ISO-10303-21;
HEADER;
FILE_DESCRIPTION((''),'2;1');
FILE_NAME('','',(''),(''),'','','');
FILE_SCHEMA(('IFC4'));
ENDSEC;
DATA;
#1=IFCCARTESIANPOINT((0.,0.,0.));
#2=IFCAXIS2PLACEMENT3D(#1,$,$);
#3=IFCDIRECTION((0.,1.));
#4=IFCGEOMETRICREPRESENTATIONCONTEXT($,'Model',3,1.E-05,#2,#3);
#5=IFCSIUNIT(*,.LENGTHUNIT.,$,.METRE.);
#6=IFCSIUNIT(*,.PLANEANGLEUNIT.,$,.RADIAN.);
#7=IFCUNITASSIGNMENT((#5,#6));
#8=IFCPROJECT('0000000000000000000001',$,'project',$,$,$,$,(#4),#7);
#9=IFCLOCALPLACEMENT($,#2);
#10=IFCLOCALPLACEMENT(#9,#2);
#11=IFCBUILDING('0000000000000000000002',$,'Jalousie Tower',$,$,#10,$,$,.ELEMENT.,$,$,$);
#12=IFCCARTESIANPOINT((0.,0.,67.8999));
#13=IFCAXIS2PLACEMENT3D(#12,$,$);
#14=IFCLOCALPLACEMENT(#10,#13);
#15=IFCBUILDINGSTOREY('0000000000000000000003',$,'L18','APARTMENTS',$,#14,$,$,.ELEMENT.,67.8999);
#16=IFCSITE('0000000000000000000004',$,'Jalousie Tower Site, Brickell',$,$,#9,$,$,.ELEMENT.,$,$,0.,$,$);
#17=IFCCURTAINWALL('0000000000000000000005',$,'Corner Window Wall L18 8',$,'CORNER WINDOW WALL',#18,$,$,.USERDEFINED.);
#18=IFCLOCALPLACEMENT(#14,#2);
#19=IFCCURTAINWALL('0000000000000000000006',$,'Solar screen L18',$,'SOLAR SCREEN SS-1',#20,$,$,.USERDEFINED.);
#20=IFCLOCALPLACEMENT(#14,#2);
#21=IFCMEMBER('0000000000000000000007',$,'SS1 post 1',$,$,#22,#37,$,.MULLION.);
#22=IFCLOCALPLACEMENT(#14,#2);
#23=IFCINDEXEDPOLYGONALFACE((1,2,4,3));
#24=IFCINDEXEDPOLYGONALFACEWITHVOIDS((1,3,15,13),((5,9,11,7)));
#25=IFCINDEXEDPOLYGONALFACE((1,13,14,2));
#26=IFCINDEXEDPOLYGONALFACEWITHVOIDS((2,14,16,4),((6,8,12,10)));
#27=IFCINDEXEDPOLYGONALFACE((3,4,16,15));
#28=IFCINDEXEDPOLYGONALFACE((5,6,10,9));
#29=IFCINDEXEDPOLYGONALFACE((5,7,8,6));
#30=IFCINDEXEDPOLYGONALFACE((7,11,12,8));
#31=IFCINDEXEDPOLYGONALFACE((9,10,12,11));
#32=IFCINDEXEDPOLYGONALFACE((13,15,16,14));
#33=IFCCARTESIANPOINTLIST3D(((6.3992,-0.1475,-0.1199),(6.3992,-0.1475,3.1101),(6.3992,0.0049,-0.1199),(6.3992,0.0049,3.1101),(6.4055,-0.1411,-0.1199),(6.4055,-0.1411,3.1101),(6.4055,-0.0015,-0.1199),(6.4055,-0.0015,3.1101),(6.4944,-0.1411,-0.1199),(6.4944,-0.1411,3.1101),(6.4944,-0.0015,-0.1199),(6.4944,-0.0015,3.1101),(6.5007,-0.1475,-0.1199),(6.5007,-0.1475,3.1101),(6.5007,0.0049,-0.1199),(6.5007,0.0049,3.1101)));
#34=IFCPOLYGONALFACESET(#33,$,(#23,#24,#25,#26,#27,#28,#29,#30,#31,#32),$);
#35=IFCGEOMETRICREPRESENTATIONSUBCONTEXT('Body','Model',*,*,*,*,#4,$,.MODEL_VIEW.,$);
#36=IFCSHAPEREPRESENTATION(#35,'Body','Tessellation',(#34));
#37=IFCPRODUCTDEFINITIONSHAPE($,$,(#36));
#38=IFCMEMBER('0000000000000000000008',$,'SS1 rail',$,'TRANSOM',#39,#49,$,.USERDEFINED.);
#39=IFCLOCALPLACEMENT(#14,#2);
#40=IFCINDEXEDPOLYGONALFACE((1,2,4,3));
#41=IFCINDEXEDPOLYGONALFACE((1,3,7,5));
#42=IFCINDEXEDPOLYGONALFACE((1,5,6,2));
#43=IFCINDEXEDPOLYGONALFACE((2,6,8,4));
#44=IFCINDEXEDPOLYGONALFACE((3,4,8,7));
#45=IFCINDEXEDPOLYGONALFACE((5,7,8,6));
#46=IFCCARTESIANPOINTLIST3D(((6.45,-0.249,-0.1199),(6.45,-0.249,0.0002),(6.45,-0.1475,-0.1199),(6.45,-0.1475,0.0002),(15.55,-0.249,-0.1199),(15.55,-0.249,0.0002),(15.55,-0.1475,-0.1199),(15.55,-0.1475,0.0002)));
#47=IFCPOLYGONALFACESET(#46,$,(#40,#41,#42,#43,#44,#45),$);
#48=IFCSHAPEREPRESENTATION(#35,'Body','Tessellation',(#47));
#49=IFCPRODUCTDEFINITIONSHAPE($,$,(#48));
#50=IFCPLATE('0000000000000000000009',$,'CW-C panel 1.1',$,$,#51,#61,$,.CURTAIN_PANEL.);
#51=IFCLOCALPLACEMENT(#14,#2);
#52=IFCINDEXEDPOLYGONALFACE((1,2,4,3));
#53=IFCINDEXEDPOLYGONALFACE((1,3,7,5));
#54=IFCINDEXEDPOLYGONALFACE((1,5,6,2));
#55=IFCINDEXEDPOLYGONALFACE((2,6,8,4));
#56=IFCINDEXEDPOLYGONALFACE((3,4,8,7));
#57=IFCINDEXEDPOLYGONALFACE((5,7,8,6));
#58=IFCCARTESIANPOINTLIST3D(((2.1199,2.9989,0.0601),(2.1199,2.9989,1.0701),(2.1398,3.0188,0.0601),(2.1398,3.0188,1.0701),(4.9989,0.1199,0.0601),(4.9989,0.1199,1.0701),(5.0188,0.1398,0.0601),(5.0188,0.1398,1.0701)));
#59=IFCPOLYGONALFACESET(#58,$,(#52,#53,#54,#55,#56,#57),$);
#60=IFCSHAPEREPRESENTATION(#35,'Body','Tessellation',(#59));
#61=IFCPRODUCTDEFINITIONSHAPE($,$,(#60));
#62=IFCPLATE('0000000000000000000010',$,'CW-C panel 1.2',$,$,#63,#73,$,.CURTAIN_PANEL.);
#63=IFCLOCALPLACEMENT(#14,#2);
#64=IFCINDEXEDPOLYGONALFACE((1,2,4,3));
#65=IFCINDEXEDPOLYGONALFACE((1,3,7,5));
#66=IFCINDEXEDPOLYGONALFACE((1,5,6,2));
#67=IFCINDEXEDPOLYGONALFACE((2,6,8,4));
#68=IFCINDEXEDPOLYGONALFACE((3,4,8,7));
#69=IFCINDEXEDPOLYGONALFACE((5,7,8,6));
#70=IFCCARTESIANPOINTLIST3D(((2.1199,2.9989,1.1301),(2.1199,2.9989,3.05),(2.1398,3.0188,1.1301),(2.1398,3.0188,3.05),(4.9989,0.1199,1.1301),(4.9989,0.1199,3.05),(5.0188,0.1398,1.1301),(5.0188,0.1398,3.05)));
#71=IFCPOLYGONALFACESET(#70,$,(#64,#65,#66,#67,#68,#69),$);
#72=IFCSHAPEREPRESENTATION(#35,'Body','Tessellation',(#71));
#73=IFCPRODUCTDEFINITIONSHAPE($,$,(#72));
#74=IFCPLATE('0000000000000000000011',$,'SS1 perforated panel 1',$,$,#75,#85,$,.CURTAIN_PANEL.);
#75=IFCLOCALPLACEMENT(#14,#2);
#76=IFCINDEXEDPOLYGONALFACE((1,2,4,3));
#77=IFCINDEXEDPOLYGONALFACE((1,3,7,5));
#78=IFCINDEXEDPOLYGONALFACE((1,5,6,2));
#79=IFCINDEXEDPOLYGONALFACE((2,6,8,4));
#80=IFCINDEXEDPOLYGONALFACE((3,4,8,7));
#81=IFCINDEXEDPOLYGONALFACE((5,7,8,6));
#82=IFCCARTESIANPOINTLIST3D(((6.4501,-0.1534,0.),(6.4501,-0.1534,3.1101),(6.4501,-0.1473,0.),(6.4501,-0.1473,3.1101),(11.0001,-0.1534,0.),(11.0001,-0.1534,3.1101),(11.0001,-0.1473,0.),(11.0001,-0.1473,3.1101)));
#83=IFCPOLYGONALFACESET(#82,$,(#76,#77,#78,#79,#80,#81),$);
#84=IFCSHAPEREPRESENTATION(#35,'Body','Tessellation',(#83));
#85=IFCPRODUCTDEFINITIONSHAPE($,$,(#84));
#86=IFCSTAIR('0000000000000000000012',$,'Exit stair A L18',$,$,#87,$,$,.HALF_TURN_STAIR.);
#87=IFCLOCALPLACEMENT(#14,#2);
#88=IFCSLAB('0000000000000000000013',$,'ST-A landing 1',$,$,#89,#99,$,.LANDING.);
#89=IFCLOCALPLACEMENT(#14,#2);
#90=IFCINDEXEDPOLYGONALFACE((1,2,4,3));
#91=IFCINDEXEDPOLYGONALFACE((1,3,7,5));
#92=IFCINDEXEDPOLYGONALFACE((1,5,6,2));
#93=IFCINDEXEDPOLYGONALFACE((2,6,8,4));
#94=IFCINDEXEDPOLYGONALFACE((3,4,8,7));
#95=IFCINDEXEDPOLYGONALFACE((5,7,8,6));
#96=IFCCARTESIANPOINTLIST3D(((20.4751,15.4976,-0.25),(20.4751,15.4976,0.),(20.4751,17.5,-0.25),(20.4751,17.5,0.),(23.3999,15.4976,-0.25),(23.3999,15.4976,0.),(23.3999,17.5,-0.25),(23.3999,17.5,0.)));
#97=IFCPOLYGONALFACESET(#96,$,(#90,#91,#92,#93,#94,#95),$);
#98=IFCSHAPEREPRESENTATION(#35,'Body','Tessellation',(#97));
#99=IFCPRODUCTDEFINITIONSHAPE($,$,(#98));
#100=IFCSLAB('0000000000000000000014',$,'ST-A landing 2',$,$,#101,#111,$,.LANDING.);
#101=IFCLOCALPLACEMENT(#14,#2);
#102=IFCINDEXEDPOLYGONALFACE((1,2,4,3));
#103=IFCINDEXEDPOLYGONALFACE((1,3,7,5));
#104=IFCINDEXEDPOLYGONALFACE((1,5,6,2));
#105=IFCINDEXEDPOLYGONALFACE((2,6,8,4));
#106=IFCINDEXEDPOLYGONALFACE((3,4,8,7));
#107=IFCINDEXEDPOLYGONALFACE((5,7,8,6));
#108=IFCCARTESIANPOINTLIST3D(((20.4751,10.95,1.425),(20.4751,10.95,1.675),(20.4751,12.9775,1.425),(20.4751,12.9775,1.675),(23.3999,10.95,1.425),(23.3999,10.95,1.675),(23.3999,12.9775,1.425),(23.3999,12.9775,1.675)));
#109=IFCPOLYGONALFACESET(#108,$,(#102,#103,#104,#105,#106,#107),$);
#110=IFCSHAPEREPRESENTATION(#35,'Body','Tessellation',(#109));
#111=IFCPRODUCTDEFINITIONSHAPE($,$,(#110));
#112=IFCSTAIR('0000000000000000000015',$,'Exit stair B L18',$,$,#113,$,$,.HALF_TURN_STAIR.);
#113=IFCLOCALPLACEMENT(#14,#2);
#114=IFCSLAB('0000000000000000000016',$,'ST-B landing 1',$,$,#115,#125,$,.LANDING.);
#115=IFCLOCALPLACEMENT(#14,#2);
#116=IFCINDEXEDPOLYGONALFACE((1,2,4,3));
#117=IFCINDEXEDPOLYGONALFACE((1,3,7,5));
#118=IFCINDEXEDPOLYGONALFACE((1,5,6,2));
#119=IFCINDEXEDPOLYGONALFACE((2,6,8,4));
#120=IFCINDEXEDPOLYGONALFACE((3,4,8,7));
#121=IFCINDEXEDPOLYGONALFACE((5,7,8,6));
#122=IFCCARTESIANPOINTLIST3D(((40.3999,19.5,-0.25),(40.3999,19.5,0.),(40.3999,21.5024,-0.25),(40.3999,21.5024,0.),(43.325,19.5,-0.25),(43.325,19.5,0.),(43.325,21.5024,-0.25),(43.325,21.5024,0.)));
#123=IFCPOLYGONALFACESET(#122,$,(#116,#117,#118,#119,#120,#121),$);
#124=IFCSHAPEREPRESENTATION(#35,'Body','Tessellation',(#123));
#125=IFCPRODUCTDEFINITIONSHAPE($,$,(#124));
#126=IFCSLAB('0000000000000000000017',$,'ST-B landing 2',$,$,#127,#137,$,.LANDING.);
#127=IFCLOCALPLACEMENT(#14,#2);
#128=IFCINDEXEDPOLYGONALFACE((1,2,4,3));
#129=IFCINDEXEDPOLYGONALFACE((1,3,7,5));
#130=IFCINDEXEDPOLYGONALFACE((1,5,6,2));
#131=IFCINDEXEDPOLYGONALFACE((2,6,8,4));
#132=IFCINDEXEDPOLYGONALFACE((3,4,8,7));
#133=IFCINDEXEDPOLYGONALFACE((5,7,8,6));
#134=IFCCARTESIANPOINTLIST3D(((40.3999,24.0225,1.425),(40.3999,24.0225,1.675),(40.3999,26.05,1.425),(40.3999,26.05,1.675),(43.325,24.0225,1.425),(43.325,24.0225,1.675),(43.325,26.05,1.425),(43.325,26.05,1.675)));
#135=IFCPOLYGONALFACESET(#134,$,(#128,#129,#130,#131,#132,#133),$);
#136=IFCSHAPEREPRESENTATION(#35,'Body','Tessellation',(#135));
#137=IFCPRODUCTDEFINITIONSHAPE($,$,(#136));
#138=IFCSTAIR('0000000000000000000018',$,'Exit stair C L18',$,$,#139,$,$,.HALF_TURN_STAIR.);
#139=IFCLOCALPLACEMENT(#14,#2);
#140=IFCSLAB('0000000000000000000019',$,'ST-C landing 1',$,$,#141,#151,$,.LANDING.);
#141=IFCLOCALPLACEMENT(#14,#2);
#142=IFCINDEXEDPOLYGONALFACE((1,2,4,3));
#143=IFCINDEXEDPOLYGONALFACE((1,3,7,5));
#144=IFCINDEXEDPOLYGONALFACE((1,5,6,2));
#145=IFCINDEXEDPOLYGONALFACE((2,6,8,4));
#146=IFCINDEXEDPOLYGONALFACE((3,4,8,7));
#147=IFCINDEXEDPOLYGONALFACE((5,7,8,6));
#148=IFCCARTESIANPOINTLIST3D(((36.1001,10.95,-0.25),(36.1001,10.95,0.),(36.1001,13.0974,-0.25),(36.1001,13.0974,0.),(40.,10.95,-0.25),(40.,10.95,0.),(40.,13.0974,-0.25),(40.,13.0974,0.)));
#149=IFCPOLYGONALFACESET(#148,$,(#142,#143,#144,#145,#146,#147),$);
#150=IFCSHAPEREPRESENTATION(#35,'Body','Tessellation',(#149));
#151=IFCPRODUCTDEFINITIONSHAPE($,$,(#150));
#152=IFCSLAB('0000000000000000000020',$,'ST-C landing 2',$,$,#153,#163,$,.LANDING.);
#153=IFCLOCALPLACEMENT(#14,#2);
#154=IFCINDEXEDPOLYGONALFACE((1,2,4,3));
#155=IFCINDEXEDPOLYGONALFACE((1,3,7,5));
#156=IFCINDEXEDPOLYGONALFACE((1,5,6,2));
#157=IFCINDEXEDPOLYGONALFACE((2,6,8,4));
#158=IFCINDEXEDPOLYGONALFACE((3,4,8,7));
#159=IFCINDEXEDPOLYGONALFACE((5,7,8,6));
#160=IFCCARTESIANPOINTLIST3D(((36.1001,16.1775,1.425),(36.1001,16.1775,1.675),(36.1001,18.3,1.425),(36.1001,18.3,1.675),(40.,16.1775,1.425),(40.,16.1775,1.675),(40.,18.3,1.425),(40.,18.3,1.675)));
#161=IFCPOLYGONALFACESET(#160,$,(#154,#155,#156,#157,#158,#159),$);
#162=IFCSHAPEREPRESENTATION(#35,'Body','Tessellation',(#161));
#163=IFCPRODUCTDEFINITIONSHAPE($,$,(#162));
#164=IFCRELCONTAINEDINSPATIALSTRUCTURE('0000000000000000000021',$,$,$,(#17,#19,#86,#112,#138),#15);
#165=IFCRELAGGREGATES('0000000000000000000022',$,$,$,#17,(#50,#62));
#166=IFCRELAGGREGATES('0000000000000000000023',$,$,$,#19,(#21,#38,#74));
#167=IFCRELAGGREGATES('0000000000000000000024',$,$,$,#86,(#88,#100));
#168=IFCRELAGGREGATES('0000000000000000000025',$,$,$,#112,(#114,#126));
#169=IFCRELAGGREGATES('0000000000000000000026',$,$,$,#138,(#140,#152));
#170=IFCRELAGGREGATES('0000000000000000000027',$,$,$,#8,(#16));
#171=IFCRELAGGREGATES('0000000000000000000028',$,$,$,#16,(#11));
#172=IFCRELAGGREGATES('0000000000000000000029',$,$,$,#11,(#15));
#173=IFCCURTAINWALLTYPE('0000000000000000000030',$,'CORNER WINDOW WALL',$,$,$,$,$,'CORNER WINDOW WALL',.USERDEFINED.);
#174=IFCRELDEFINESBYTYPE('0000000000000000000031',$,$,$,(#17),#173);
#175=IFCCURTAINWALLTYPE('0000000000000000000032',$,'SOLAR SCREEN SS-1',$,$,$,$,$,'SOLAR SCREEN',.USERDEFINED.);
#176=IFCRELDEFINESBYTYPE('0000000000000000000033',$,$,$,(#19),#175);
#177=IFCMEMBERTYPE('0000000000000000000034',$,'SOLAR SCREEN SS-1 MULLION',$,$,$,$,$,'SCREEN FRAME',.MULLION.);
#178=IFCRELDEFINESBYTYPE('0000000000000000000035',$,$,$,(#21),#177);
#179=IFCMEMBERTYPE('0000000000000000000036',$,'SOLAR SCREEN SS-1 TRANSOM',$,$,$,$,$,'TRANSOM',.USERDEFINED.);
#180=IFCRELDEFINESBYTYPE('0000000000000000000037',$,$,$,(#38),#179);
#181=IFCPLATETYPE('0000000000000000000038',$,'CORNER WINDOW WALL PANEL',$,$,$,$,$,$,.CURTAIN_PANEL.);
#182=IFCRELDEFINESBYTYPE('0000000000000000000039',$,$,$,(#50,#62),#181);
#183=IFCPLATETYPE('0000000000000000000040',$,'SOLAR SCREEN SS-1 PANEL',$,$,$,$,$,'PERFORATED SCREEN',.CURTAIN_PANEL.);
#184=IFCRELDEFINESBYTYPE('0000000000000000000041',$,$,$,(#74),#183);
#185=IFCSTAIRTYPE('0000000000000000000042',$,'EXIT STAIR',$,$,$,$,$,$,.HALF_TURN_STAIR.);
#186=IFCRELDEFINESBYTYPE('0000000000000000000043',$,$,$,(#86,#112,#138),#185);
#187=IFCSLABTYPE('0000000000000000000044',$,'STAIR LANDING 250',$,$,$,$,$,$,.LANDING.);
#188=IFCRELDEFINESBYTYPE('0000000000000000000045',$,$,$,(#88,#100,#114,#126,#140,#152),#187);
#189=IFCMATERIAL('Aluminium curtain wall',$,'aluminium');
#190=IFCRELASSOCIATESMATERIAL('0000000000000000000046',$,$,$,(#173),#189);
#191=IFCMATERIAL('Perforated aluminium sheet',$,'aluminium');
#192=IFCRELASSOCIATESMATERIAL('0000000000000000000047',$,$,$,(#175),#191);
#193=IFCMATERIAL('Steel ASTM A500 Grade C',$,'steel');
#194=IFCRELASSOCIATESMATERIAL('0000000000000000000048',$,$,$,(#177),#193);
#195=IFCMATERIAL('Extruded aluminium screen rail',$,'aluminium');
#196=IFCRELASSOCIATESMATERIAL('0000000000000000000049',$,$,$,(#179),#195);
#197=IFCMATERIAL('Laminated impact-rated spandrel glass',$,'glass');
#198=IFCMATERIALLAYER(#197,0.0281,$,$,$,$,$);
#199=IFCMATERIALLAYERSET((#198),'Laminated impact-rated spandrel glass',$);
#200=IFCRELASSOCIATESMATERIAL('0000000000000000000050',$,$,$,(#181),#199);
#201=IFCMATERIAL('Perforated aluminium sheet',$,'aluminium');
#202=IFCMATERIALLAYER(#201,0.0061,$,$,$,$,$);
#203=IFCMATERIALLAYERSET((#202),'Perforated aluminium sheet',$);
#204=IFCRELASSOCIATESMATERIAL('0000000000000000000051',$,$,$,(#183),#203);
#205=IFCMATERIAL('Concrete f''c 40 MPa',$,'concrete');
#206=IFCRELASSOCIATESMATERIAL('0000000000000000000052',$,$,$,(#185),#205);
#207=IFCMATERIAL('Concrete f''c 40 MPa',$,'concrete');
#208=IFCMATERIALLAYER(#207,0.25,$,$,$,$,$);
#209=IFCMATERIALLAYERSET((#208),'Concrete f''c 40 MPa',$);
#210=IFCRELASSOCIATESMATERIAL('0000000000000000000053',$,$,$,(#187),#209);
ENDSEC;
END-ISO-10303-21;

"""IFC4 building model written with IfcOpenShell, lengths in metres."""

from ifc_helpers import new_model, si_unit, direction, frame, origin, origin_2d, place, context, subcontext, project, spatial, polyline, rectangle, hollow_rectangle, outline, extrude, material, layer, layer_set, material_profile, profile_set, type_object, element, aggregate, save


model = new_model("IFC4")

# Units and contexts
model_context = context("Model", 3, precision=1e-05, world=origin(), true_north=direction((0.0, 1.0)))
body_context = subcontext(model_context, "Body", "Model", "MODEL_VIEW")
ifc_project = project(units=[si_unit("LENGTHUNIT", "METRE"), si_unit("PLANEANGLEUNIT", "RADIAN")], contexts=[model_context])

# Site, building, storey
site_placement = place(None, origin())
site = spatial("IfcSite", under=ifc_project, at=site_placement, Name="Jalousie Tower Site, Brickell", CompositionType="ELEMENT", RefElevation=0.0)
building_placement = place(site_placement, origin())
building = spatial("IfcBuilding", under=site, at=building_placement, Name="Jalousie Tower", CompositionType="ELEMENT")
storey_placement = place(building_placement, frame((0.0, 0.0, 67.8999)))
storey = spatial("IfcBuildingStorey", under=building, at=storey_placement, Name="L18", Description="APARTMENTS", CompositionType="ELEMENT", Elevation=67.8999)

# Curtain wall
ifc_material_1 = material(Name="Aluminium curtain wall", Category="aluminium")
curtain_wall_type_1 = type_object("IfcCurtainWallType", Name="CORNER WINDOW WALL", ElementType="CORNER WINDOW WALL", PredefinedType="USERDEFINED", material=ifc_material_1)
curtain_wall_1_placement = place(storey_placement, origin())
curtain_wall_1 = element("IfcCurtainWall", 1, at=curtain_wall_1_placement, inside=storey, type_object=curtain_wall_type_1, Name="Corner Window Wall L18 8", ObjectType="CORNER WINDOW WALL", PredefinedType="USERDEFINED")

# Curtain wall, members
ifc_material_2 = material(Name="Perforated aluminium sheet", Category="aluminium")
curtain_wall_type_2 = type_object("IfcCurtainWallType", Name="SOLAR SCREEN SS-1", ElementType="SOLAR SCREEN", PredefinedType="USERDEFINED", material=ifc_material_2)
curtain_wall_2_placement = place(storey_placement, origin())
curtain_wall_2 = element("IfcCurtainWall", 2, at=curtain_wall_2_placement, inside=storey, type_object=curtain_wall_type_2, Name="Solar screen L18", ObjectType="SOLAR SCREEN SS-1", PredefinedType="USERDEFINED")
ifc_material_3 = material(Name="Steel ASTM A500 Grade C", Category="steel")
ifc_material_profile_1 = material_profile(ifc_material_3, hollow_rectangle(XDim=0.1016, YDim=0.1523, WallThickness=0.0063, at=origin_2d()), Name="HSS6X4X1/4")
ifc_profile_set_1 = profile_set([ifc_material_profile_1], Name="Steel ASTM A500 Grade C")
member_type_1 = type_object("IfcMemberType", Name="SOLAR SCREEN SS-1 MULLION", ElementType="SCREEN FRAME", PredefinedType="MULLION", material=ifc_profile_set_1)
member_1_placement = place(storey_placement, frame((6.45, -0.0713, -0.1199), z_axis=(0.0, 0.0, 1.0), x_axis=(1.0, 0.0, 0.0)))
member_1 = element("IfcMember", 3, at=member_1_placement, type_object=member_type_1, Name="SS1 post 1", PredefinedType="MULLION", context=body_context, shape_type="SweptSolid", body=[
    extrude(hollow_rectangle(XDim=0.1016, YDim=0.1523, WallThickness=0.0063, at=origin_2d()), origin(), (0.0, 0.0, 1.0), 3.23),
])
ifc_material_4 = material(Name="Extruded aluminium screen rail", Category="aluminium")
ifc_material_profile_2 = material_profile(ifc_material_4, rectangle(XDim=0.1016, YDim=0.1201, at=origin_2d()), Name="RAIL 102x120")
ifc_profile_set_2 = profile_set([ifc_material_profile_2], Name="Extruded aluminium screen rail")
member_type_2 = type_object("IfcMemberType", Name="SOLAR SCREEN SS-1 TRANSOM", ElementType="TRANSOM", PredefinedType="USERDEFINED", material=ifc_profile_set_2)
member_2_placement = place(storey_placement, frame((6.45, -0.1982, -0.0598), z_axis=(1.0, 0.0, 0.0), x_axis=(0.0, 1.0, 0.0)))
member_2 = element("IfcMember", 4, at=member_2_placement, type_object=member_type_2, Name="SS1 rail", ObjectType="TRANSOM", PredefinedType="USERDEFINED", context=body_context, shape_type="SweptSolid", body=[
    extrude(rectangle(XDim=0.1016, YDim=0.1201, at=origin_2d()), origin(), (0.0, 0.0, 1.0), 9.1001),
])

# Plates
ifc_material_5 = material(Name="Laminated impact-rated spandrel glass", Category="glass")
ifc_layer_1 = layer(ifc_material_5, 0.0281)
ifc_layer_set_1 = layer_set([ifc_layer_1], Name="Laminated impact-rated spandrel glass")
plate_type_1 = type_object("IfcPlateType", Name="CORNER WINDOW WALL PANEL", PredefinedType="CURTAIN_PANEL", material=ifc_layer_set_1)
plate_1_placement = place(storey_placement, frame((3.5693, 1.5693, 0.0601), z_axis=(0.0, 0.0, 1.0), x_axis=(0.707107, -0.707107, 0.0)))
plate_1 = element("IfcPlate", 5, at=plate_1_placement, type_object=plate_type_1, Name="CW-C panel 1.1", PredefinedType="CURTAIN_PANEL", context=body_context, shape_type="SweptSolid", body=[
    extrude(rectangle(XDim=4.0715, YDim=0.0281, at=origin_2d()), origin(), (0.0, 0.0, 1.0), 1.01),
])
plate_2_placement = place(storey_placement, frame((3.5693, 1.5693, 1.1301), z_axis=(0.0, 0.0, 1.0), x_axis=(0.707107, -0.707107, 0.0)))
plate_2 = element("IfcPlate", 6, at=plate_2_placement, type_object=plate_type_1, Name="CW-C panel 1.2", PredefinedType="CURTAIN_PANEL", context=body_context, shape_type="SweptSolid", body=[
    extrude(rectangle(XDim=4.0715, YDim=0.0281, at=origin_2d()), origin(), (0.0, 0.0, 1.0), 1.9199),
])
aggregate(curtain_wall_1, [plate_1, plate_2])

# Plate
ifc_material_6 = material(Name="Perforated aluminium sheet", Category="aluminium")
ifc_layer_2 = layer(ifc_material_6, 0.0061)
ifc_layer_set_2 = layer_set([ifc_layer_2], Name="Perforated aluminium sheet")
plate_type_2 = type_object("IfcPlateType", Name="SOLAR SCREEN SS-1 PANEL", ElementType="PERFORATED SCREEN", PredefinedType="CURTAIN_PANEL", material=ifc_layer_set_2)
plate_3_placement = place(storey_placement, frame((8.7251, -0.1504, 0.0), z_axis=(0.0, 0.0, 1.0), x_axis=(1.0, 0.0, 0.0)))
plate_3 = element("IfcPlate", 7, at=plate_3_placement, type_object=plate_type_2, Name="SS1 perforated panel 1", PredefinedType="CURTAIN_PANEL", context=body_context, shape_type="SweptSolid", body=[
    extrude(rectangle(XDim=4.55, YDim=0.0061, at=origin_2d()), origin(), (0.0, 0.0, 1.0), 3.1101),
])
aggregate(curtain_wall_2, [member_1, member_2, plate_3])

# Stairs, slabs
ifc_material_7 = material(Name="Concrete f'c 40 MPa", Category="concrete")
stair_type = type_object("IfcStairType", Name="EXIT STAIR", PredefinedType="HALF_TURN_STAIR", material=ifc_material_7)
stair_1_placement = place(storey_placement, origin())
stair_1 = element("IfcStair", 8, at=stair_1_placement, inside=storey, type_object=stair_type, Name="Exit stair A L18", PredefinedType="HALF_TURN_STAIR")
ifc_material_8 = material(Name="Concrete f'c 40 MPa", Category="concrete")
ifc_layer_3 = layer(ifc_material_8, 0.25)
ifc_layer_set_3 = layer_set([ifc_layer_3], Name="Concrete f'c 40 MPa")
slab_type_1 = type_object("IfcSlabType", Name="STAIR LANDING 250", PredefinedType="LANDING", material=ifc_layer_set_3)
slab_1_placement = place(storey_placement, frame((0.0, 0.0, -0.25)))
slab_1 = element("IfcSlab", 9, at=slab_1_placement, type_object=slab_type_1, Name="ST-A landing 1", PredefinedType="LANDING", context=body_context, shape_type="SweptSolid", body=[
    extrude(outline(polyline([(20.4751, 15.4976), (23.3999, 15.4976), (23.3999, 17.5), (20.4751, 17.5), (20.4751, 15.4976)])), origin(), (0.0, 0.0, 1.0), 0.25),
])
slab_2_placement = place(storey_placement, frame((0.0, 0.0, 1.425)))
slab_2 = element("IfcSlab", 10, at=slab_2_placement, type_object=slab_type_1, Name="ST-A landing 2", PredefinedType="LANDING", context=body_context, shape_type="SweptSolid", body=[
    extrude(outline(polyline([(20.4751, 10.95), (23.3999, 10.95), (23.3999, 12.9775), (20.4751, 12.9775), (20.4751, 10.95)])), origin(), (0.0, 0.0, 1.0), 0.25),
])
aggregate(stair_1, [slab_1, slab_2])
stair_2_placement = place(storey_placement, origin())
stair_2 = element("IfcStair", 11, at=stair_2_placement, inside=storey, type_object=stair_type, Name="Exit stair B L18", PredefinedType="HALF_TURN_STAIR")
slab_3_placement = place(storey_placement, frame((0.0, 0.0, -0.25)))
slab_3 = element("IfcSlab", 12, at=slab_3_placement, type_object=slab_type_1, Name="ST-B landing 1", PredefinedType="LANDING", context=body_context, shape_type="SweptSolid", body=[
    extrude(outline(polyline([(40.3999, 19.5), (43.325, 19.5), (43.325, 21.5024), (40.3999, 21.5024), (40.3999, 19.5)])), origin(), (0.0, 0.0, 1.0), 0.25),
])
slab_4_placement = place(storey_placement, frame((0.0, 0.0, 1.425)))
slab_4 = element("IfcSlab", 13, at=slab_4_placement, type_object=slab_type_1, Name="ST-B landing 2", PredefinedType="LANDING", context=body_context, shape_type="SweptSolid", body=[
    extrude(outline(polyline([(40.3999, 24.0225), (43.325, 24.0225), (43.325, 26.05), (40.3999, 26.05), (40.3999, 24.0225)])), origin(), (0.0, 0.0, 1.0), 0.25),
])
aggregate(stair_2, [slab_3, slab_4])
stair_3_placement = place(storey_placement, origin())
stair_3 = element("IfcStair", 14, at=stair_3_placement, inside=storey, type_object=stair_type, Name="Exit stair C L18", PredefinedType="HALF_TURN_STAIR")
slab_5_placement = place(storey_placement, frame((0.0, 0.0, -0.25)))
slab_5 = element("IfcSlab", 15, at=slab_5_placement, type_object=slab_type_1, Name="ST-C landing 1", PredefinedType="LANDING", context=body_context, shape_type="SweptSolid", body=[
    extrude(outline(polyline([(36.1001, 10.95), (40.0, 10.95), (40.0, 13.0974), (36.1001, 13.0974), (36.1001, 10.95)])), origin(), (0.0, 0.0, 1.0), 0.25),
])
slab_6_placement = place(storey_placement, frame((0.0, 0.0, 1.425)))
slab_6 = element("IfcSlab", 16, at=slab_6_placement, type_object=slab_type_1, Name="ST-C landing 2", PredefinedType="LANDING", context=body_context, shape_type="SweptSolid", body=[
    extrude(outline(polyline([(36.1001, 16.1775), (40.0, 16.1775), (40.0, 18.3), (36.1001, 18.3), (36.1001, 16.1775)])), origin(), (0.0, 0.0, 1.0), 0.25),
])
aggregate(stair_3, [slab_5, slab_6])

save(model, "model.ifc")
